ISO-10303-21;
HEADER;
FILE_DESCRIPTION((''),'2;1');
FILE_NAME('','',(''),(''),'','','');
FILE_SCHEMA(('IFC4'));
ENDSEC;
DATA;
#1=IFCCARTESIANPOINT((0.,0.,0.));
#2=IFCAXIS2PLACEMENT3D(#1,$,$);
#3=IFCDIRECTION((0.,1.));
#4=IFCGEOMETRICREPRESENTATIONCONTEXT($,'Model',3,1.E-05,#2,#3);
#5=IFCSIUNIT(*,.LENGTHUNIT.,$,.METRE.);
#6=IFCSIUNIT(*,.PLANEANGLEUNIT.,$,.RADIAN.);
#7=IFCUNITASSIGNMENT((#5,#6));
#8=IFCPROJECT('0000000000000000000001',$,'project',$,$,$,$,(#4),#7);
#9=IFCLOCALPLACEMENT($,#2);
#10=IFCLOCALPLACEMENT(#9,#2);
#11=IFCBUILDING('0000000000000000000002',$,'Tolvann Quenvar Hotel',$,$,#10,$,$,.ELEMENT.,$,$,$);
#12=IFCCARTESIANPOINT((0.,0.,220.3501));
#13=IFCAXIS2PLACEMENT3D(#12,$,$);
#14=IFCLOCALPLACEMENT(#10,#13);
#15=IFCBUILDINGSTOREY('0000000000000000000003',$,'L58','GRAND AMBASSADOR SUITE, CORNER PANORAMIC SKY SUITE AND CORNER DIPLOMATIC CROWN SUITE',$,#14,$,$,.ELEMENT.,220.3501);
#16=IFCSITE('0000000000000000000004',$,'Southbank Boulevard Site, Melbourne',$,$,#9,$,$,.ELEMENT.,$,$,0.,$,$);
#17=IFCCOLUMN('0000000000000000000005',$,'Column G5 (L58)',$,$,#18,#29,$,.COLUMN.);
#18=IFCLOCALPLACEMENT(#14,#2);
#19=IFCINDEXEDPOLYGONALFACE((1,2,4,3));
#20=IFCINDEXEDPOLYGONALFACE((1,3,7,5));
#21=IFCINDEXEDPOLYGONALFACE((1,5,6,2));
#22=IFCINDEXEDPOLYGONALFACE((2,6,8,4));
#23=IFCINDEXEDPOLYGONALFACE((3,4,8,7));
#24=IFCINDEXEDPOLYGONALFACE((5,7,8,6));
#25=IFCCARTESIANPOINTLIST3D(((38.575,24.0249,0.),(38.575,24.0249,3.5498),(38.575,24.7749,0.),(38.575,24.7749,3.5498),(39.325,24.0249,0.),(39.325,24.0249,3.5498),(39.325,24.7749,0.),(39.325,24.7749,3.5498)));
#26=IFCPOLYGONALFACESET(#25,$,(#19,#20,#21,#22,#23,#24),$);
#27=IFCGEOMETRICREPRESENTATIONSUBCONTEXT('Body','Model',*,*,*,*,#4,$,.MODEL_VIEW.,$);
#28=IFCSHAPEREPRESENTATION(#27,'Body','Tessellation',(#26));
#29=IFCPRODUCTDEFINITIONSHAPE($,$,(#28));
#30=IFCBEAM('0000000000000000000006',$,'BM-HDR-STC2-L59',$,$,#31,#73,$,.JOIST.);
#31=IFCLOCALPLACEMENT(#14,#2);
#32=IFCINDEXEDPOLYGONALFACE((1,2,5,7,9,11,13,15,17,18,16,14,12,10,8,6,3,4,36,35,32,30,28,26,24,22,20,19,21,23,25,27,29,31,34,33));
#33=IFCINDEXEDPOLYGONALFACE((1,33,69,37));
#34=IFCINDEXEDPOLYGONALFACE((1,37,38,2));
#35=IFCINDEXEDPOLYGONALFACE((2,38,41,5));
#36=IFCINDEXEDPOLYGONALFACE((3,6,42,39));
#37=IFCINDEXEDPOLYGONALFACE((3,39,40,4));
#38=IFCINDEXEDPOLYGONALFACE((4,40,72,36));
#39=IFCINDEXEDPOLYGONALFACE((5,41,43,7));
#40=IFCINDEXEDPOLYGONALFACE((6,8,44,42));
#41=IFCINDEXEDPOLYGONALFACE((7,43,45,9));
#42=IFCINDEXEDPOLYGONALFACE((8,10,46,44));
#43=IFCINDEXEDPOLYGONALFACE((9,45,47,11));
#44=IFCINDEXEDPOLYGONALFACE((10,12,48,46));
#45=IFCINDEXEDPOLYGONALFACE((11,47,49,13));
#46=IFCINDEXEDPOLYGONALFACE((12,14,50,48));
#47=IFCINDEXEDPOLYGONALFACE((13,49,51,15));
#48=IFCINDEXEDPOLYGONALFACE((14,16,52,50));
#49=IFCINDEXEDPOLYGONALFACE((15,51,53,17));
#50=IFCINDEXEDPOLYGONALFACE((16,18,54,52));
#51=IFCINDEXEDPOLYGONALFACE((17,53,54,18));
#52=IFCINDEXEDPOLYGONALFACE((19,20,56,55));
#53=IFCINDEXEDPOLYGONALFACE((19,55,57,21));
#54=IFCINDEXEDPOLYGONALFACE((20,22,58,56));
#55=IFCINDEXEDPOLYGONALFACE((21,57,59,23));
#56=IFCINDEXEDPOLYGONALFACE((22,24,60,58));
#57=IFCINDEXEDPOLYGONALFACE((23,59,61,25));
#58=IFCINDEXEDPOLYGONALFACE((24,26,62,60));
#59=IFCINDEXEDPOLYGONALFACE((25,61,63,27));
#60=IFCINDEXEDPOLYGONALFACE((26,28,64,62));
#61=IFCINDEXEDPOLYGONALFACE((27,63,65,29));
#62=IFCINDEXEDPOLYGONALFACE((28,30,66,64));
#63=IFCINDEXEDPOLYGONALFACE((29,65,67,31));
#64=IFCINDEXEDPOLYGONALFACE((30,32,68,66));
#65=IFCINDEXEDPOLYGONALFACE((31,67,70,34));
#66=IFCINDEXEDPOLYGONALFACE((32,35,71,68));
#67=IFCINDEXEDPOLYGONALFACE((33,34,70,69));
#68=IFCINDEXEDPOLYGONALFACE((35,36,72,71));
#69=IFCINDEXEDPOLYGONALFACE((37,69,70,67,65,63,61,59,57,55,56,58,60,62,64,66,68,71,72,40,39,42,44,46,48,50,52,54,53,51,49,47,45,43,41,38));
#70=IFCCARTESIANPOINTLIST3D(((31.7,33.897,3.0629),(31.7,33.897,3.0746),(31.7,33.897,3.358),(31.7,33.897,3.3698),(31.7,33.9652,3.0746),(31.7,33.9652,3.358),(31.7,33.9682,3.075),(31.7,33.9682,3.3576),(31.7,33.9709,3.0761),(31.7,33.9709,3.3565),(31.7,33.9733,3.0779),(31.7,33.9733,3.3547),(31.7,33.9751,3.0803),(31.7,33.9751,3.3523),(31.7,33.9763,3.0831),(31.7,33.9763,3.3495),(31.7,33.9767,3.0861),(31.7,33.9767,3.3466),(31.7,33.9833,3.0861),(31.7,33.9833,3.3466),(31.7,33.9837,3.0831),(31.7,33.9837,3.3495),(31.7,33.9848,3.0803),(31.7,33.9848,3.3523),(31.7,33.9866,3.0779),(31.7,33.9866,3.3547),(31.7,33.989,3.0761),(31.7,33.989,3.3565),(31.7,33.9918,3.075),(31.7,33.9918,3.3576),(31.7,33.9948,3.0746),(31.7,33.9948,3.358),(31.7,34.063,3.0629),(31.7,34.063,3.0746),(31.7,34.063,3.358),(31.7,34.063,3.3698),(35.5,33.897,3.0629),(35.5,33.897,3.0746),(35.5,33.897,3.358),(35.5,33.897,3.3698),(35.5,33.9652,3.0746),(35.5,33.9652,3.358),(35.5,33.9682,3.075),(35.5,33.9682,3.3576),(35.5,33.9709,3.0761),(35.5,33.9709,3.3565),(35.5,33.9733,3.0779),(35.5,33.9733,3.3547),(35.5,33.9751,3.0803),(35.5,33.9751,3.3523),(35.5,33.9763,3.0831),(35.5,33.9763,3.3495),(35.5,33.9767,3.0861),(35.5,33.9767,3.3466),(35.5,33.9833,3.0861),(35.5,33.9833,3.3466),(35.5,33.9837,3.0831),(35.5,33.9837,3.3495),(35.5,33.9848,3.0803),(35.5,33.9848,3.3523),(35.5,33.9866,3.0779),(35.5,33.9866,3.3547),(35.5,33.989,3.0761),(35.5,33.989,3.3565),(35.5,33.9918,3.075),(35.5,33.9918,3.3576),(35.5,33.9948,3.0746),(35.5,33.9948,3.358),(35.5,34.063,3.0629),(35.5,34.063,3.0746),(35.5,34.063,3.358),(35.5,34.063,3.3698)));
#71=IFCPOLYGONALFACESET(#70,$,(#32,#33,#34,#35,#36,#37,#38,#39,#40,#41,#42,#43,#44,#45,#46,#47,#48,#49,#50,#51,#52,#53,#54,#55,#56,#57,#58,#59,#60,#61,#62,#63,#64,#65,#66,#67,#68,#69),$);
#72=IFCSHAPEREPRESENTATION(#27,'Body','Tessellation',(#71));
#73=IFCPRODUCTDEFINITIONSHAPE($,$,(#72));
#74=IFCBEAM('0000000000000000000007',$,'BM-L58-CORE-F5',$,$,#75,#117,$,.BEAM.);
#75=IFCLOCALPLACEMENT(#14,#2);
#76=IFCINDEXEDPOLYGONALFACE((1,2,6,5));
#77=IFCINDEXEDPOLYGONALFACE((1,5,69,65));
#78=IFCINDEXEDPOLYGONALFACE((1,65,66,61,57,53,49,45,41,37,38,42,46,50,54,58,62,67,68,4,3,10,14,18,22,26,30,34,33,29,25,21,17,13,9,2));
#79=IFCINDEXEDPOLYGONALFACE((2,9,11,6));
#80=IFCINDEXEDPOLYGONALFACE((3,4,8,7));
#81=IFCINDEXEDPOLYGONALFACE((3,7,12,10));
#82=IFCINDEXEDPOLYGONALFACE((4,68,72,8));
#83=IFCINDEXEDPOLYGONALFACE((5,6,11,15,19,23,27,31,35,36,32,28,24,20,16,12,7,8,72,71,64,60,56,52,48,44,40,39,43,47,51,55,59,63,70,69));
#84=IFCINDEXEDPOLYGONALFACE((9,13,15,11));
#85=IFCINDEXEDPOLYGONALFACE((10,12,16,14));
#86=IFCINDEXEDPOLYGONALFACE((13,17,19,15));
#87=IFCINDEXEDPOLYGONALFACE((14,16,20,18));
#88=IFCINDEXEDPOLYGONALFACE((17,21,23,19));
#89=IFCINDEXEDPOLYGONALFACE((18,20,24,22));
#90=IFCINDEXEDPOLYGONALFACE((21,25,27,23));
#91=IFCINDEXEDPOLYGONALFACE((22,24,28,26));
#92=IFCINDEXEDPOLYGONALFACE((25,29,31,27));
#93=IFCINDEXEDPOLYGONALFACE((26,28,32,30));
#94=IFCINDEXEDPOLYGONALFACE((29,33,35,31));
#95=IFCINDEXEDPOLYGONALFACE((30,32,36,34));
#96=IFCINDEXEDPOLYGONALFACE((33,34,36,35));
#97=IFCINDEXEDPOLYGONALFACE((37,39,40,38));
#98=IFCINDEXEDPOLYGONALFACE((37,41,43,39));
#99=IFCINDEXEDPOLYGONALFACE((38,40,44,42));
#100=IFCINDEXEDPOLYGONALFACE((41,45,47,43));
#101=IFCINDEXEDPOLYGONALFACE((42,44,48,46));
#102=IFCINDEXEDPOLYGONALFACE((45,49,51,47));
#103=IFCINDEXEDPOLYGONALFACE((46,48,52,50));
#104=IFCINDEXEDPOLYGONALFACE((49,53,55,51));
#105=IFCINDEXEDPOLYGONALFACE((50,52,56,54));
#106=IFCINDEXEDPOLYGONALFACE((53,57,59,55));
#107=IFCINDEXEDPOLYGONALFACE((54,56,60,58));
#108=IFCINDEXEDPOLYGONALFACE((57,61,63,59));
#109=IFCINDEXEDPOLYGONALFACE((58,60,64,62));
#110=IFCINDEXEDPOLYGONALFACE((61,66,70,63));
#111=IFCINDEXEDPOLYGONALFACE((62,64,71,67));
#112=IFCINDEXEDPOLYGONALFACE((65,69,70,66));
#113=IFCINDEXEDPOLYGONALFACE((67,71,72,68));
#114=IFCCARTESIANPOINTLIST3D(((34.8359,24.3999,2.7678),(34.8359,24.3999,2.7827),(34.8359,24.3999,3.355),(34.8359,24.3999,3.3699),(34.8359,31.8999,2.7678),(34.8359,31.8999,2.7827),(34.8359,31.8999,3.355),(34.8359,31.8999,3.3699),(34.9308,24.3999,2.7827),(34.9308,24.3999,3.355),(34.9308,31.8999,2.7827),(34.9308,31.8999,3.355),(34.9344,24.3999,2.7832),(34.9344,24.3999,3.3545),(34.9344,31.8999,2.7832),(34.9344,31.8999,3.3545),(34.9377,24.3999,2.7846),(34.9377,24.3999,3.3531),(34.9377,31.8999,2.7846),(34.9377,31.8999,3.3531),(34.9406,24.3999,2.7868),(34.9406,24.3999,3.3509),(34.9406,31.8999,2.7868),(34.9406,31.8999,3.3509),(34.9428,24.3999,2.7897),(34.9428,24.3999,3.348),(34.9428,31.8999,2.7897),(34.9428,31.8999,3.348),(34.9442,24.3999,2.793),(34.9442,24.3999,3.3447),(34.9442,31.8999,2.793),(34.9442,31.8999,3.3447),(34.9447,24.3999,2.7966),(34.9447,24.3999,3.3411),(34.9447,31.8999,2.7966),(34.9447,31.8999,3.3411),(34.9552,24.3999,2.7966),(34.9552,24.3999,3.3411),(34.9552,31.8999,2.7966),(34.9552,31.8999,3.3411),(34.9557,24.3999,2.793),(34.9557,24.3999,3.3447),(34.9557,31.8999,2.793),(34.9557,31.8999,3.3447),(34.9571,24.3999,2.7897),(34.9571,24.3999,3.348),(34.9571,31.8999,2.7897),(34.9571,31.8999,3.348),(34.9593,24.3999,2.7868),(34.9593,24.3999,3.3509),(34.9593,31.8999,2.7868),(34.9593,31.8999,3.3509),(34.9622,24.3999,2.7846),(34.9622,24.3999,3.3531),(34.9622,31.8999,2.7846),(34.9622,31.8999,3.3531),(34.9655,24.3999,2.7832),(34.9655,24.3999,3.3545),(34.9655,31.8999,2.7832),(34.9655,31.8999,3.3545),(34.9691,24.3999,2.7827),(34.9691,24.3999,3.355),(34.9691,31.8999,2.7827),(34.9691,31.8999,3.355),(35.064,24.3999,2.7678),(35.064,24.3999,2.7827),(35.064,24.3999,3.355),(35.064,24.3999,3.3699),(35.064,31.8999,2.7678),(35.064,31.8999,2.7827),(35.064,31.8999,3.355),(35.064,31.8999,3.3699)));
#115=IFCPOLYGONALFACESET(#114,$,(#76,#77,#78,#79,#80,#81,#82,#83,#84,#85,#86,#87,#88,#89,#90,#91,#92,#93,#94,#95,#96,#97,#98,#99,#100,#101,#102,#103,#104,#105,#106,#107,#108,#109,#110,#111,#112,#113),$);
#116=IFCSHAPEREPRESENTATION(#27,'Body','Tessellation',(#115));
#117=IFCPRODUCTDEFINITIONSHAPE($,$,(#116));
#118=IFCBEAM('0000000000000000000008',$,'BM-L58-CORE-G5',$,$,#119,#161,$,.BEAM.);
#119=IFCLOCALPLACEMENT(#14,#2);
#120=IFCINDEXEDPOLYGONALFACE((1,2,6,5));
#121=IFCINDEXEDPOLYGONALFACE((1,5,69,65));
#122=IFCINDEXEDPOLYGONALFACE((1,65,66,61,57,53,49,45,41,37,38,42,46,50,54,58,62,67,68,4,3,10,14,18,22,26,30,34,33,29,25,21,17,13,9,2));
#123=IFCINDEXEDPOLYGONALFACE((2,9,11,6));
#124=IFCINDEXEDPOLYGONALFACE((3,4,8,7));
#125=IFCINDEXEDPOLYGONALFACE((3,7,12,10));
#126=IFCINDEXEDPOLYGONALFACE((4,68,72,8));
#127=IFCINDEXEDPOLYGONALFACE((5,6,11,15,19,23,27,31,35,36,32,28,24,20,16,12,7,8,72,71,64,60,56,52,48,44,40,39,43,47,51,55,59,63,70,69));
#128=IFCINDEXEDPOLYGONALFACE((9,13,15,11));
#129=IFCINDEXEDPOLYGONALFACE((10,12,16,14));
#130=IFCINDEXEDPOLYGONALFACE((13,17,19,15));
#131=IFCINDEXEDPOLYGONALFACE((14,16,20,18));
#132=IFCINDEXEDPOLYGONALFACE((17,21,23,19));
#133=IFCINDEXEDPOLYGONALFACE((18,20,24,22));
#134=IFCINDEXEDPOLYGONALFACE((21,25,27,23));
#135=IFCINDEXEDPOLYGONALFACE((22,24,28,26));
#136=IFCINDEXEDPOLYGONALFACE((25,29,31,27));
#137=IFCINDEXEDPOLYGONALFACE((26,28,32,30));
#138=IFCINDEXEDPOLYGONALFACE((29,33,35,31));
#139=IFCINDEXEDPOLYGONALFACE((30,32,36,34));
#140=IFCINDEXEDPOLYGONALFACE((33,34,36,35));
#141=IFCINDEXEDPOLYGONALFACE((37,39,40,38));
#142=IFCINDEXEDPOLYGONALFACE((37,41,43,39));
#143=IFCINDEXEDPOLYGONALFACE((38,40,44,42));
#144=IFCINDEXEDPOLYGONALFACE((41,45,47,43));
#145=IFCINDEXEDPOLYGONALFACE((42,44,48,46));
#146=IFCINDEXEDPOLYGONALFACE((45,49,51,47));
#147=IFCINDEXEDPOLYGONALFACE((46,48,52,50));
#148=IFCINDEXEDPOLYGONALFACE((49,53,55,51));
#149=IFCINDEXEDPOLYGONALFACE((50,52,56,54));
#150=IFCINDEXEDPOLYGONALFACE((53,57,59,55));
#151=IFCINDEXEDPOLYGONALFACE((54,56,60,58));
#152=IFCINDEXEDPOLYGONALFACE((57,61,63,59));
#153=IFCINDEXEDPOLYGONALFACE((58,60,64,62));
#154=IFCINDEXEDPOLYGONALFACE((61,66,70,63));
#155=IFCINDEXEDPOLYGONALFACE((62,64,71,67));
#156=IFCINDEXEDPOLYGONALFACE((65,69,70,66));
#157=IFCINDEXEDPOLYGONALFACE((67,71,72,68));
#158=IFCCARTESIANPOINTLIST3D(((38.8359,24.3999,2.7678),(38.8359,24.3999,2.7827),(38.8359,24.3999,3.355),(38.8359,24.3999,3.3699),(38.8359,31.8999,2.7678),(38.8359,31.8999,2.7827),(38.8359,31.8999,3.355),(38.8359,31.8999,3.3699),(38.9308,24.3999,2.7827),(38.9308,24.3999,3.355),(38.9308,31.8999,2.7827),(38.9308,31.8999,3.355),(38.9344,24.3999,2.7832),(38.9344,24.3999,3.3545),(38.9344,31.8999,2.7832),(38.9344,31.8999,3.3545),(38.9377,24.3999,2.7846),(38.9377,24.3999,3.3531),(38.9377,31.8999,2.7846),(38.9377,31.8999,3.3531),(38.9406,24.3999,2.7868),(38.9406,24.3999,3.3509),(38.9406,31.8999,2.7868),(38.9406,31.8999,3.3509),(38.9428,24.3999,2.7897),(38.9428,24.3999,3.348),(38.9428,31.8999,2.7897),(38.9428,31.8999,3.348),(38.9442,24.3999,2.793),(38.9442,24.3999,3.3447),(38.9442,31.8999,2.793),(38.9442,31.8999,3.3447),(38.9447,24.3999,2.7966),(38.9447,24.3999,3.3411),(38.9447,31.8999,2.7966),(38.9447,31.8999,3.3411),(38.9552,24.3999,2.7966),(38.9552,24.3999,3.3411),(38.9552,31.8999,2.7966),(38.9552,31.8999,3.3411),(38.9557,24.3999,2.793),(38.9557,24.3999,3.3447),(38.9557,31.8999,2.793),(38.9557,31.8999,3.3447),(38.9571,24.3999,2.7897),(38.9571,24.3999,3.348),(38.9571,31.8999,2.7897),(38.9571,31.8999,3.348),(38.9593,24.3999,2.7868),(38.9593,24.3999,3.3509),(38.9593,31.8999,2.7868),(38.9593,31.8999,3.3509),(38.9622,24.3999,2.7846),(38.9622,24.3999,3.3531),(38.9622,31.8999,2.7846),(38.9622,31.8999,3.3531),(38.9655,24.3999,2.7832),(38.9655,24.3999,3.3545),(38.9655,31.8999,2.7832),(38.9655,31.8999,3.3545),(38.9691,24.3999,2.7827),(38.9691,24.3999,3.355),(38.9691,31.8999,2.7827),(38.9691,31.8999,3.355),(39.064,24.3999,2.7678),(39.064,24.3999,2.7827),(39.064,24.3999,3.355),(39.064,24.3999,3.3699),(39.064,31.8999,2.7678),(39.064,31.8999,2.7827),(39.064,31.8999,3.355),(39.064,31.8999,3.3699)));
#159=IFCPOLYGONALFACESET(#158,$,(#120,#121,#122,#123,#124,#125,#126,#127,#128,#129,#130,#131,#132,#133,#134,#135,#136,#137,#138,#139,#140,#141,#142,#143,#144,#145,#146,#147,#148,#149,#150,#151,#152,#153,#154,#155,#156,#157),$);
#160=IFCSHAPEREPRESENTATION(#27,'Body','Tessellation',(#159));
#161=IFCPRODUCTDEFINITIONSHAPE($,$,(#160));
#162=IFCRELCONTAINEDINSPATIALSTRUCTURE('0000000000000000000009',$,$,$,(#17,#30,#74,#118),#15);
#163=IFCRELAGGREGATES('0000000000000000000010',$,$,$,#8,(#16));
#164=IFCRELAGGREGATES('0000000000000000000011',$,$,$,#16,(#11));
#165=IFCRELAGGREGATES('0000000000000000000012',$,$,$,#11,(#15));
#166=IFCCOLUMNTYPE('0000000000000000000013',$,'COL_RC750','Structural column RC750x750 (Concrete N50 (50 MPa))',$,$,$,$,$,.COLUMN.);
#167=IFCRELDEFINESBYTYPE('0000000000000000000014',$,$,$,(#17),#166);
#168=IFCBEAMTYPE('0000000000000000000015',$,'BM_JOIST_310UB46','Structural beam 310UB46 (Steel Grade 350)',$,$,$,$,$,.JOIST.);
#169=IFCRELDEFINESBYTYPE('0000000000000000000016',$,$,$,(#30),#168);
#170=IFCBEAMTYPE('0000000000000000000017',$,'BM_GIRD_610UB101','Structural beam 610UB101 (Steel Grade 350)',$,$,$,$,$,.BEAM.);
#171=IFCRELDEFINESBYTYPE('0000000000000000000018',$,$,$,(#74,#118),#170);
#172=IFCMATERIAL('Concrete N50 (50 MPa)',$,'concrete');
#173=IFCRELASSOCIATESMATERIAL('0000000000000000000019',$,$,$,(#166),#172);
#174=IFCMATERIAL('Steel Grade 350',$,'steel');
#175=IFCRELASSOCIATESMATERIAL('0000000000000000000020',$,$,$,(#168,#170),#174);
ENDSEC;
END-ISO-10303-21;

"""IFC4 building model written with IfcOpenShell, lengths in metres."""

from ifc_helpers import new_model, si_unit, direction, frame, origin, origin_2d, place, context, subcontext, project, spatial, rectangle, i_section, extrude, source, transform, mapped, material, material_profile, profile_set, type_object, type_shapes, element, save


model = new_model("IFC4")

# Units and contexts
model_context = context("Model", 3, precision=1e-05, world=origin(), true_north=direction((0.0, 1.0)))
body_context = subcontext(model_context, "Body", "Model", "MODEL_VIEW")
ifc_project = project(units=[si_unit("LENGTHUNIT", "METRE"), si_unit("PLANEANGLEUNIT", "RADIAN")], contexts=[model_context])

# Site, building, storey
site_placement = place(None, origin())
site = spatial("IfcSite", under=ifc_project, at=site_placement, Name="Southbank Boulevard Site, Melbourne", CompositionType="ELEMENT", RefElevation=0.0)
building_placement = place(site_placement, origin())
building = spatial("IfcBuilding", under=site, at=building_placement, Name="Tolvann Quenvar Hotel", CompositionType="ELEMENT")
storey_placement = place(building_placement, frame((0.0, 0.0, 220.3501)))
storey = spatial("IfcBuildingStorey", under=building, at=storey_placement, Name="L58", Description="GRAND AMBASSADOR SUITE, CORNER PANORAMIC SKY SUITE AND CORNER DIPLOMATIC CROWN SUITE", CompositionType="ELEMENT", Elevation=220.3501)

# Column
ifc_material_1 = material(Name="Concrete N50 (50 MPa)", Category="concrete")
ifc_material_profile_1 = material_profile(ifc_material_1, rectangle(XDim=0.75, YDim=0.75, at=origin_2d()), Name="RC750x750")
ifc_profile_set_1 = profile_set([ifc_material_profile_1], Name="Concrete N50 (50 MPa)")
column_type = type_object("IfcColumnType", Name="COL_RC750", Description="Structural column RC750x750 (Concrete N50 (50 MPa))", PredefinedType="COLUMN", material=ifc_profile_set_1)
shared_shape_1 = source(origin(), body_context, "Body", "SweptSolid", [
    extrude(rectangle(XDim=0.75, YDim=0.75, at=origin_2d()), origin(), (0.0, 0.0, 1.0), 3.5498),
])
type_shapes(column_type, [shared_shape_1])
column_placement = place(storey_placement, frame((38.95, 24.3999, 0.0), z_axis=(0.0, 0.0, 1.0), x_axis=(1.0, 0.0, 0.0)))
element("IfcColumn", 1, at=column_placement, inside=storey, type_object=column_type, Name="Column G5 (L58)", PredefinedType="COLUMN", context=body_context, shape_type="MappedRepresentation", body=[
    mapped(shared_shape_1, transform((0.0, 0.0, 0.0), x_axis=(1.0, 0.0, 0.0), y_axis=(0.0, 1.0, 0.0), z_axis=(0.0, 0.0, 1.0), scale=1.0)),
])

# Beams
ifc_material_2 = material(Name="Steel Grade 350", Category="steel")
ifc_material_profile_2 = material_profile(ifc_material_2, i_section(OverallWidth=0.166, OverallDepth=0.3069, WebThickness=0.0066, FlangeThickness=0.0117, FilletRadius=0.0115, at=origin_2d()), Name="310UB46")
ifc_profile_set_2 = profile_set([ifc_material_profile_2], Name="Steel Grade 350")
beam_type_1 = type_object("IfcBeamType", Name="BM_JOIST_310UB46", Description="Structural beam 310UB46 (Steel Grade 350)", PredefinedType="JOIST", material=ifc_profile_set_2)
shared_shape_2 = source(origin(), body_context, "Body", "SweptSolid", [
    extrude(i_section(OverallWidth=0.166, OverallDepth=0.3069, WebThickness=0.0066, FlangeThickness=0.0117, FilletRadius=0.0115, at=origin_2d()), origin(), (0.0, 0.0, 1.0), 3.8),
])
type_shapes(beam_type_1, [shared_shape_2])
beam_1_placement = place(storey_placement, frame((31.7, 33.98, 3.2163), z_axis=(1.0, 0.0, 0.0), x_axis=(0.0, 1.0, 0.0)))
element("IfcBeam", 2, at=beam_1_placement, inside=storey, type_object=beam_type_1, Name="BM-HDR-STC2-L59", PredefinedType="JOIST", context=body_context, shape_type="MappedRepresentation", body=[
    mapped(shared_shape_2, transform((0.0, 0.0, 0.0), x_axis=(1.0, 0.0, 0.0), y_axis=(0.0, 1.0, 0.0), z_axis=(0.0, 0.0, 1.0), scale=1.0)),
])
ifc_material_profile_3 = material_profile(ifc_material_2, i_section(OverallWidth=0.228, OverallDepth=0.6021, WebThickness=0.0105, FlangeThickness=0.0149, FilletRadius=0.0139, at=origin_2d()), Name="610UB101")
ifc_profile_set_3 = profile_set([ifc_material_profile_3], Name="Steel Grade 350")
beam_type_2 = type_object("IfcBeamType", Name="BM_GIRD_610UB101", Description="Structural beam 610UB101 (Steel Grade 350)", PredefinedType="BEAM", material=ifc_profile_set_3)
shared_shape_3 = source(origin(), body_context, "Body", "SweptSolid", [
    extrude(i_section(OverallWidth=0.228, OverallDepth=0.6021, WebThickness=0.0105, FlangeThickness=0.0149, FilletRadius=0.0139, at=origin_2d()), origin(), (0.0, 0.0, 1.0), 7.5),
])
for number, where, z_axis, x_axis, name in (
    (3, (34.95, 24.3999, 3.0688), (0.0, 1.0, 0.0), (-1.0, 0.0, 0.0), "BM-L58-CORE-F5"),
    (4, (38.95, 24.3999, 3.0688), (0.0, 1.0, 0.0), (-1.0, 0.0, 0.0), "BM-L58-CORE-G5"),
):
    element("IfcBeam", number, at=place(storey_placement, frame(where, z_axis=z_axis, x_axis=x_axis)), inside=storey, type_object=beam_type_2, Name=name, PredefinedType="BEAM", context=body_context, shape_type="MappedRepresentation", body=[
        mapped(shared_shape_3, transform((0.0, 0.0, 0.0), x_axis=(1.0, 0.0, 0.0), y_axis=(0.0, 1.0, 0.0), z_axis=(0.0, 0.0, 1.0), scale=1.0)),
    ])

save(model, "model.ifc")
